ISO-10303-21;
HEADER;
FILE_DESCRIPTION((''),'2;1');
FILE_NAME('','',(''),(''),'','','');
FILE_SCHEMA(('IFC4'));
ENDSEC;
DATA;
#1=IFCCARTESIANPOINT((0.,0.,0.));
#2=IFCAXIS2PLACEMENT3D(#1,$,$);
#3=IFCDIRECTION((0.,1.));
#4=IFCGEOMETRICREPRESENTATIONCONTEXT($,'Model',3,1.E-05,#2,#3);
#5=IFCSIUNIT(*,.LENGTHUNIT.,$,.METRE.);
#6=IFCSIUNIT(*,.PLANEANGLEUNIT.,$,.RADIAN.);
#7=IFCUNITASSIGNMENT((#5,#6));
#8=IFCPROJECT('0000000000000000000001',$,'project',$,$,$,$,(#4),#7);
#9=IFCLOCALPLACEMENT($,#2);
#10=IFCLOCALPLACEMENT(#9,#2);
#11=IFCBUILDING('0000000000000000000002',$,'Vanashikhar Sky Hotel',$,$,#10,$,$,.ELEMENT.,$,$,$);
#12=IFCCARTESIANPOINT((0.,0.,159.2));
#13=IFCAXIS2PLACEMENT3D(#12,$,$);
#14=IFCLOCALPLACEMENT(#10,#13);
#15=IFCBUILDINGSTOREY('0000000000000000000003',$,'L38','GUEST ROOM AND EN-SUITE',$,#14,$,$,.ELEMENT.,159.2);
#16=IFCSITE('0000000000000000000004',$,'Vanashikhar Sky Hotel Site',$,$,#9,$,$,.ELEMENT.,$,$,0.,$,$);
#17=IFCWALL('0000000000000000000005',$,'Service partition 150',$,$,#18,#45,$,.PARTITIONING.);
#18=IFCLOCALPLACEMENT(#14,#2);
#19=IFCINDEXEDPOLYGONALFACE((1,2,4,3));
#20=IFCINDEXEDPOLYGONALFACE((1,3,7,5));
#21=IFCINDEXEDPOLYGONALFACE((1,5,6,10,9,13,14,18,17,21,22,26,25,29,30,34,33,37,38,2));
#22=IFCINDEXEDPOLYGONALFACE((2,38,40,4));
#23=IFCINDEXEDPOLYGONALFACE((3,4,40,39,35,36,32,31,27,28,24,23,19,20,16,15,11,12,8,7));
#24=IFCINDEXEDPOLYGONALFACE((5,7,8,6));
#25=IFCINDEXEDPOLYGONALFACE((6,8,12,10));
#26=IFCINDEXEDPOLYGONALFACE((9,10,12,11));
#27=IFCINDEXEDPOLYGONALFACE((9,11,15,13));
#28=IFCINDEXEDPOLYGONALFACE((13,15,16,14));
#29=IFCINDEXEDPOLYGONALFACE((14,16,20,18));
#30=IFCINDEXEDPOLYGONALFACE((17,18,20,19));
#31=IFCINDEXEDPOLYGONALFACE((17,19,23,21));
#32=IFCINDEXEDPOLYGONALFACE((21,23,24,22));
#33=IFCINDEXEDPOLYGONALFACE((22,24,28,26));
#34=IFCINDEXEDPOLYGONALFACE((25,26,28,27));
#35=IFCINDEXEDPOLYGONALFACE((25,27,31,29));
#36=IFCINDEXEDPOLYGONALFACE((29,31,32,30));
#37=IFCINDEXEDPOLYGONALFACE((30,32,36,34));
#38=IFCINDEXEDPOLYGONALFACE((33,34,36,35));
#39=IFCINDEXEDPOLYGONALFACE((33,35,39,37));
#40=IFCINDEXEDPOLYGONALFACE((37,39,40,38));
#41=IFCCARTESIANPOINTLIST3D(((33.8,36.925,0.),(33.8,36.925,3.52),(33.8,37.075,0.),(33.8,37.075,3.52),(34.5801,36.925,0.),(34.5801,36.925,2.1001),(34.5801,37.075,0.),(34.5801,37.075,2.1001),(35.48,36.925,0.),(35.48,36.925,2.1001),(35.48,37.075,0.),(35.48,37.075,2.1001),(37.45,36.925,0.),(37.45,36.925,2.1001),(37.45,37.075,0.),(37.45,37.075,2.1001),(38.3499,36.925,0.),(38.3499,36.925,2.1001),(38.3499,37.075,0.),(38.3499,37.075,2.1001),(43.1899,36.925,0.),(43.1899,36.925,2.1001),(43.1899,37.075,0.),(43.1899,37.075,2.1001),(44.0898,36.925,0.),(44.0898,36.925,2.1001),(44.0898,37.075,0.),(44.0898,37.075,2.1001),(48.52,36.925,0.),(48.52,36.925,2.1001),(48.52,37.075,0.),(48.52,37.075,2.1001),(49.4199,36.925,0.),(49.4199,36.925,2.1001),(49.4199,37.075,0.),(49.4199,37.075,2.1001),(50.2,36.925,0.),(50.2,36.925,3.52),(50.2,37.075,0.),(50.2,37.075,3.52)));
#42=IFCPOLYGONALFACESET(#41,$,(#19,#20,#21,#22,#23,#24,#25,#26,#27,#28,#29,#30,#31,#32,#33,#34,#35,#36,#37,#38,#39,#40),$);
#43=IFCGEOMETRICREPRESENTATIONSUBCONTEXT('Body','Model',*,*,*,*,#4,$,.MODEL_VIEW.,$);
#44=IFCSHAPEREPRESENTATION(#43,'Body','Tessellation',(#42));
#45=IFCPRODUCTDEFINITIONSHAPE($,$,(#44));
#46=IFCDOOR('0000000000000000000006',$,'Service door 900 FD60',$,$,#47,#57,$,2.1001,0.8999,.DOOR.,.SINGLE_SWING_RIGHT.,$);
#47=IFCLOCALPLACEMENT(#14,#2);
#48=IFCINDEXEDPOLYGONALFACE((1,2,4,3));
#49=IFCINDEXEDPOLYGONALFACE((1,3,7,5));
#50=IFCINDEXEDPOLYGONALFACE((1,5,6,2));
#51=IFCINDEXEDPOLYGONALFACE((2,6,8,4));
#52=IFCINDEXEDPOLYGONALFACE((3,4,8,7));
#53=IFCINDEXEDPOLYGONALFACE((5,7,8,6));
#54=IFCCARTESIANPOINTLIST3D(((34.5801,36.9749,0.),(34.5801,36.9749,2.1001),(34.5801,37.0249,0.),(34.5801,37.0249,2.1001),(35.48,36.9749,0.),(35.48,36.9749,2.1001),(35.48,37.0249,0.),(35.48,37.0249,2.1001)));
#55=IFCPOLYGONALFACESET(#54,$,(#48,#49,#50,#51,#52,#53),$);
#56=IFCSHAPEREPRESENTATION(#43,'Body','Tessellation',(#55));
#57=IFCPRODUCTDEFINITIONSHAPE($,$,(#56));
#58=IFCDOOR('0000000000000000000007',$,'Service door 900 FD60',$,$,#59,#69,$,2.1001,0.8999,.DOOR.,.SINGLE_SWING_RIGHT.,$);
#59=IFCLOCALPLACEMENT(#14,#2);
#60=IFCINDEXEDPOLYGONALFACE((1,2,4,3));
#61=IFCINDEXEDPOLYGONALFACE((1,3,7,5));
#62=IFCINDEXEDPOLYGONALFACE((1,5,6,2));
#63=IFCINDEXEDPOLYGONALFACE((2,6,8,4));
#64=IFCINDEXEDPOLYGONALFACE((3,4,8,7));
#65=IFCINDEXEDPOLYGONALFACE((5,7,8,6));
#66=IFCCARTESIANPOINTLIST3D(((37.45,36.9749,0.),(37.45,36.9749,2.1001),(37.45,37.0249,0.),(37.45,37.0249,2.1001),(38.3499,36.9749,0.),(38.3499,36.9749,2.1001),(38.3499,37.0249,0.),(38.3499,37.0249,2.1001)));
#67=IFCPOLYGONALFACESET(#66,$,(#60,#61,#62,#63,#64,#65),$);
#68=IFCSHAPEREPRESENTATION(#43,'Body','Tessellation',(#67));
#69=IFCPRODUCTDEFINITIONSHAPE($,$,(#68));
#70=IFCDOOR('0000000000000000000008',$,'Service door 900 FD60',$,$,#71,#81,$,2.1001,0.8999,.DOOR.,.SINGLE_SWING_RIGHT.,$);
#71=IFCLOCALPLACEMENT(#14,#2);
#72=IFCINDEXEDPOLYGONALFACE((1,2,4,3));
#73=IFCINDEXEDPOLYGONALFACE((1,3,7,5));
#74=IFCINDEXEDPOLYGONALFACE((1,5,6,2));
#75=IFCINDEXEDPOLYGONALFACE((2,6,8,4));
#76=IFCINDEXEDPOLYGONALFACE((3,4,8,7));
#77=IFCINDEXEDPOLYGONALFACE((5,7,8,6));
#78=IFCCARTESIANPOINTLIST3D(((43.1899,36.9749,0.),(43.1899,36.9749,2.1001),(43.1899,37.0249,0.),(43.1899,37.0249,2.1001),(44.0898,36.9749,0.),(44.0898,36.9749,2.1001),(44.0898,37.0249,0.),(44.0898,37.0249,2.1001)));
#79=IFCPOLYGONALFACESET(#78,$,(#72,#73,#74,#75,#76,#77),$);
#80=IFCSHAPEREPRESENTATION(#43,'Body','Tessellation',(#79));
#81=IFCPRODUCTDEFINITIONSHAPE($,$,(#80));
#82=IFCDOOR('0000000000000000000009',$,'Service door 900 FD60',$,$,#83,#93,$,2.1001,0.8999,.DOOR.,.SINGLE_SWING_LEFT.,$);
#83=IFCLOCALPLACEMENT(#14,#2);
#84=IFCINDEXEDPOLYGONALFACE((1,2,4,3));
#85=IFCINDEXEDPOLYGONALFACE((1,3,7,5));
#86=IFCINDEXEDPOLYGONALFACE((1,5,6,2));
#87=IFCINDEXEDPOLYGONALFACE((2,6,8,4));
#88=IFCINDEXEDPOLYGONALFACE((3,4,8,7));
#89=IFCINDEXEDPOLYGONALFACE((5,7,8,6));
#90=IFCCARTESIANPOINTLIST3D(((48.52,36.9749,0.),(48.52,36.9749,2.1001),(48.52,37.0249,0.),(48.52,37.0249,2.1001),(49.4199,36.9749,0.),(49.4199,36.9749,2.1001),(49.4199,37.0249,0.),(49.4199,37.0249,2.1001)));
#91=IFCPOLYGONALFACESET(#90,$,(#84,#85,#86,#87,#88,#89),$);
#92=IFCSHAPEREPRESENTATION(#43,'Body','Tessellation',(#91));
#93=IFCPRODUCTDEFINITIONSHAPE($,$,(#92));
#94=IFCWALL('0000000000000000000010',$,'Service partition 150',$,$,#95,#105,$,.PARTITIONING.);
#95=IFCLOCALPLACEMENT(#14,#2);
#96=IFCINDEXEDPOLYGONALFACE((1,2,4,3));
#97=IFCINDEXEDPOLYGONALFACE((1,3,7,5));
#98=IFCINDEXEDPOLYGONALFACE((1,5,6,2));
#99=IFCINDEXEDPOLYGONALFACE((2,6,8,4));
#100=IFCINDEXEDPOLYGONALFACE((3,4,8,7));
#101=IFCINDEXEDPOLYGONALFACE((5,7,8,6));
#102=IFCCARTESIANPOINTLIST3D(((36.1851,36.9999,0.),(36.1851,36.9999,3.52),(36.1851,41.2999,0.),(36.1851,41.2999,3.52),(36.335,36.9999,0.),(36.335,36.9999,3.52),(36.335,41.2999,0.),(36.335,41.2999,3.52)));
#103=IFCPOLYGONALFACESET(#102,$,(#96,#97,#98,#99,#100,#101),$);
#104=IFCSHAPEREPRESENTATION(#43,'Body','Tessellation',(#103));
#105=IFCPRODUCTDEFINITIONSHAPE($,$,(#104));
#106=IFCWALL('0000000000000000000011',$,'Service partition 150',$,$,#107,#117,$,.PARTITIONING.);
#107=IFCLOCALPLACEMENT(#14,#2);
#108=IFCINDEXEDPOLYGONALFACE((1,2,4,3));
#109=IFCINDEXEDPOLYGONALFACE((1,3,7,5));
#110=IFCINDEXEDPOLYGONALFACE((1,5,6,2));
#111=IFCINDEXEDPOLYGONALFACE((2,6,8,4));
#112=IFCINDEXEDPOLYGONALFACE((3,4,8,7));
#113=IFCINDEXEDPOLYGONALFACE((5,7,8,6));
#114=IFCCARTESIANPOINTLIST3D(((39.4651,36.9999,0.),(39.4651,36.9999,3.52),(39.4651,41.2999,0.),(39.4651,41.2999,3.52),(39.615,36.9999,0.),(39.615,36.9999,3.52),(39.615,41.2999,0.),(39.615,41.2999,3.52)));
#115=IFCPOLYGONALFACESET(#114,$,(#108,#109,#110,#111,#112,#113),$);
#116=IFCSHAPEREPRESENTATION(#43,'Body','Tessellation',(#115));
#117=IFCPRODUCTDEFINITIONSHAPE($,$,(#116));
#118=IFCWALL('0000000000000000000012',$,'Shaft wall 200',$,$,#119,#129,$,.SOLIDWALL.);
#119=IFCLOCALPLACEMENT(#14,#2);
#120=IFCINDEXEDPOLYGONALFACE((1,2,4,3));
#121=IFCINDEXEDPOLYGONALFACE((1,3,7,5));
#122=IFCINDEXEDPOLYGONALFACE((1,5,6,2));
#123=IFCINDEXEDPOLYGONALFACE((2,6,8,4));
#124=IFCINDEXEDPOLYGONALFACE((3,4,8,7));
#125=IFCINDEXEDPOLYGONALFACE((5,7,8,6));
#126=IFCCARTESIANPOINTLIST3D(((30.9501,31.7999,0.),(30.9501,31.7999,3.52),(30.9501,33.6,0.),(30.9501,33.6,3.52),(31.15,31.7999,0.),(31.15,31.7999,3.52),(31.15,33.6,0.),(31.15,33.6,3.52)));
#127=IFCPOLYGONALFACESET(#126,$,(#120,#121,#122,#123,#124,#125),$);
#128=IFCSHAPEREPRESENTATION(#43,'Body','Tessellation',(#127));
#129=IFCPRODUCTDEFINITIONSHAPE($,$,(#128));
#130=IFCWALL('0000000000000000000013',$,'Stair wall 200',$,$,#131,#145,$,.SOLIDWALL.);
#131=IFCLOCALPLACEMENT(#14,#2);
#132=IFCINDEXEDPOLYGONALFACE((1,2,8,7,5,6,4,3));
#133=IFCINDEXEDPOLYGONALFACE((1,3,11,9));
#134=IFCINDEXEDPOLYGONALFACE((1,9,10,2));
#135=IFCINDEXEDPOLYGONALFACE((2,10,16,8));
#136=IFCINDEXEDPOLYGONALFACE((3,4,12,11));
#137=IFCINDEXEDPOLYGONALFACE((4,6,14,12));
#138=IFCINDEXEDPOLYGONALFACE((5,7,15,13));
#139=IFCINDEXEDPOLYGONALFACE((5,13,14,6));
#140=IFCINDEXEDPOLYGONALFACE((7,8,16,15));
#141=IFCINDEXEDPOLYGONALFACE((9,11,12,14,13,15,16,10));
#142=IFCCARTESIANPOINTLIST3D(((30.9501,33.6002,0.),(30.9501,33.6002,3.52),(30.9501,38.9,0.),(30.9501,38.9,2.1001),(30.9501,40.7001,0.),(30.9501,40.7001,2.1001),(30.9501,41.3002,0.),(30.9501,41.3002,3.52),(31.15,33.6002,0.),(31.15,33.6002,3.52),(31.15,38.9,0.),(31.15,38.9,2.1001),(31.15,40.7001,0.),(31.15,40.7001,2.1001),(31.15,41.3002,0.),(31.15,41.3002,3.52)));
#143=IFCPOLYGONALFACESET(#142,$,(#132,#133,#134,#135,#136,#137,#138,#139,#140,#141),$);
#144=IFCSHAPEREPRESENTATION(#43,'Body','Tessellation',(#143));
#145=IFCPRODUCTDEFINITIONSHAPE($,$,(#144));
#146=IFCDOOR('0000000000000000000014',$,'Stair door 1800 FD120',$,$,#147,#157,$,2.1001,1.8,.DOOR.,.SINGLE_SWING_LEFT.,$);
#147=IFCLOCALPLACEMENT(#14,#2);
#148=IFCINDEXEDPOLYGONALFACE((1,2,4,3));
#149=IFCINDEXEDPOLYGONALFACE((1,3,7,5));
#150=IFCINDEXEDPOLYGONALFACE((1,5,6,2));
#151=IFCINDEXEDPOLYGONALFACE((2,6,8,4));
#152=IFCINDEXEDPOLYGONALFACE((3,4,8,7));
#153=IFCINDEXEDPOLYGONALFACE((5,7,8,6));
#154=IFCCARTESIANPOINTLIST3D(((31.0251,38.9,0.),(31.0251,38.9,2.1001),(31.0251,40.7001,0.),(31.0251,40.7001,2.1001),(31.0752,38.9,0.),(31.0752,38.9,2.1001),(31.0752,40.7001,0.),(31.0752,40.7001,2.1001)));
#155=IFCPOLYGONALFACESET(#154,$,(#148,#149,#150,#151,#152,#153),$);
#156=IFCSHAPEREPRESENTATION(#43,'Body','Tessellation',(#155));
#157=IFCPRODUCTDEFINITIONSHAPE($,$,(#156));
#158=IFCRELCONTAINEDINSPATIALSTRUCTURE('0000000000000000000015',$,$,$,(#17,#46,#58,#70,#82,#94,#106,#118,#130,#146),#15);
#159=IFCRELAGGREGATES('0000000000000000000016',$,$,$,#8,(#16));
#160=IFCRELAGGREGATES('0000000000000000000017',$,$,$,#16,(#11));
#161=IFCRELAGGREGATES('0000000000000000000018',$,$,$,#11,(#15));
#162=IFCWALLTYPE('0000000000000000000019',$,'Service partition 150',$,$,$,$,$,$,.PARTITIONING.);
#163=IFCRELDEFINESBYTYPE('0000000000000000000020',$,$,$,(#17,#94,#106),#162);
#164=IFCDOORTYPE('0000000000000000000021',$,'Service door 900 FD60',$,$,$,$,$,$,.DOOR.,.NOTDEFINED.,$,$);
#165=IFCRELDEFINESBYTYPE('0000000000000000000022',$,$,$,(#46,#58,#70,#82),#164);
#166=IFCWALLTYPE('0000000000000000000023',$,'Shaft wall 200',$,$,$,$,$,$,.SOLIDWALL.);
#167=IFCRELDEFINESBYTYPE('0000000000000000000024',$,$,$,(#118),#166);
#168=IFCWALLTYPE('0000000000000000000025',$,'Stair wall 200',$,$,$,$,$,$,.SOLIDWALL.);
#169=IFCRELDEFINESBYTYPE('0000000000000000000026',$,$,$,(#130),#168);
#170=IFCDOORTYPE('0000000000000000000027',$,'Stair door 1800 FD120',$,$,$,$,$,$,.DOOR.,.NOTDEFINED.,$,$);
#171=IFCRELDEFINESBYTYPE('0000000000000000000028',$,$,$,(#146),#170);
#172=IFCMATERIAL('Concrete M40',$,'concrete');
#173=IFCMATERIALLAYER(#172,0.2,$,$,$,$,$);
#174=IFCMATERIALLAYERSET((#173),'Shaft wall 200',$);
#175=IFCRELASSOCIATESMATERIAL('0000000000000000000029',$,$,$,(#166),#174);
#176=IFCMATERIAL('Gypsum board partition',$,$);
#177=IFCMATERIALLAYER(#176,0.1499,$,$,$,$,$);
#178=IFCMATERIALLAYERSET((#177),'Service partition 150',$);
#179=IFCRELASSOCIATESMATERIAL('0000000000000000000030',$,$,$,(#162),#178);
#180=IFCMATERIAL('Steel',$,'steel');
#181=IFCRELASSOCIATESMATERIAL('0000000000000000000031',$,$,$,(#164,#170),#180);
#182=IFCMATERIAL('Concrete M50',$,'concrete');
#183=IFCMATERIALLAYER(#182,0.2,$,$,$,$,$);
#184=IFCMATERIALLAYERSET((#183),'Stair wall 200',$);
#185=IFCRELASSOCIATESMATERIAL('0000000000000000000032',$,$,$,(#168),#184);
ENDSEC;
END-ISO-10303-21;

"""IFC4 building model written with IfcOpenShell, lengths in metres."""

from ifc_helpers import new_model, si_unit, direction, frame, frame_2d, origin, place, context, subcontext, project, spatial, rectangle, extrude, source, transform, mapped, material, layer, layer_set, type_object, element, fill, save


model = new_model("IFC4")

# Units and contexts
model_context = context("Model", 3, precision=1e-05, world=origin(), true_north=direction((0.0, 1.0)))
body_context = subcontext(model_context, "Body", "Model", "MODEL_VIEW")
ifc_project = project(units=[si_unit("LENGTHUNIT", "METRE"), si_unit("PLANEANGLEUNIT", "RADIAN")], contexts=[model_context])

# Site, building, storey
site_placement = place(None, origin())
site = spatial("IfcSite", under=ifc_project, at=site_placement, Name="Vanashikhar Sky Hotel Site", CompositionType="ELEMENT", RefElevation=0.0)
building_placement = place(site_placement, origin())
building = spatial("IfcBuilding", under=site, at=building_placement, Name="Vanashikhar Sky Hotel", CompositionType="ELEMENT")
storey_placement = place(building_placement, frame((0.0, 0.0, 159.2)))
storey = spatial("IfcBuildingStorey", under=building, at=storey_placement, Name="L38", Description="GUEST ROOM AND EN-SUITE", CompositionType="ELEMENT", Elevation=159.2)

# Shared definitions
ifc_material_1 = material(Name="Steel", Category="steel")

# Shared definitions
ifc_material_2 = material(Name="Concrete M50", Category="concrete")

# Shared definitions
ifc_material_3 = material(Name="Concrete M40", Category="concrete")
ifc_layer_1 = layer(ifc_material_3, 0.2)
ifc_layer_set_1 = layer_set([ifc_layer_1], Name="Shaft wall 200")
wall_type_1 = type_object("IfcWallType", Name="Shaft wall 200", PredefinedType="SOLIDWALL", material=ifc_layer_set_1)

# Shared definitions
ifc_material_4 = material(Name="Gypsum board partition")
ifc_layer_2 = layer(ifc_material_4, 0.1499)
ifc_layer_set_2 = layer_set([ifc_layer_2], Name="Service partition 150")
wall_type_2 = type_object("IfcWallType", Name="Service partition 150", PredefinedType="PARTITIONING", material=ifc_layer_set_2)
shared_shape_1 = source(origin(), body_context, "Body", "SweptSolid", [
    extrude(rectangle(XDim=0.8999, YDim=2.1001, at=frame_2d((0.45, 1.05))), frame((0.0, 0.085, 0.0), z_axis=(0.0, -1.0, 0.0), x_axis=(1.0, 0.0, 0.0)), (0.0, 0.0, 1.0), 0.1699),
])
door_type_1 = type_object("IfcDoorType", Name="Service door 900 FD60", OperationType="NOTDEFINED", PredefinedType="DOOR", material=ifc_material_1)
shared_shape_2 = source(origin(), body_context, "Body", "SweptSolid", [
    extrude(rectangle(XDim=0.8999, YDim=2.1001, at=frame_2d((0.45, 1.05))), frame((0.0, 0.0249, 0.0), z_axis=(0.0, -1.0, 0.0), x_axis=(1.0, 0.0, 0.0)), (0.0, 0.0, 1.0), 0.05),
])

# Wall, openings, doors
shared_shape_3 = source(origin(), body_context, "Body", "SweptSolid", [
    extrude(rectangle(XDim=16.3999, YDim=0.1499, at=frame_2d((8.2, 0.0))), origin(), (0.0, 0.0, 1.0), 3.52),
])
wall_1_placement = place(storey_placement, frame((33.8, 37.0, 0.0), z_axis=(0.0, 0.0, 1.0), x_axis=(1.0, 0.0, 0.0)))
wall_1 = element("IfcWall", 1, at=wall_1_placement, inside=storey, type_object=wall_type_2, Name="Service partition 150", PredefinedType="PARTITIONING", context=body_context, shape_type="MappedRepresentation", body=[
    mapped(shared_shape_3, transform((0.0, 0.0, 0.0), scale=1.0)),
])
opening_1_placement = place(wall_1_placement, frame((0.78, 0.0, 0.0)))
opening_1 = element("IfcOpeningElement", 2, at=opening_1_placement, cuts=wall_1, PredefinedType="OPENING", context=body_context, shape_type="MappedRepresentation", body=[
    mapped(shared_shape_1, transform((0.0, 0.0, 0.0), scale=1.0)),
])
opening_2_placement = place(wall_1_placement, frame((3.6499, 0.0, 0.0)))
opening_2 = element("IfcOpeningElement", 3, at=opening_2_placement, cuts=wall_1, PredefinedType="OPENING", context=body_context, shape_type="MappedRepresentation", body=[
    mapped(shared_shape_1, transform((0.0, 0.0, 0.0), scale=1.0)),
])
opening_3_placement = place(wall_1_placement, frame((9.3899, 0.0, 0.0)))
opening_3 = element("IfcOpeningElement", 4, at=opening_3_placement, cuts=wall_1, PredefinedType="OPENING", context=body_context, shape_type="MappedRepresentation", body=[
    mapped(shared_shape_1, transform((0.0, 0.0, 0.0), scale=1.0)),
])
opening_4_placement = place(wall_1_placement, frame((14.72, 0.0, 0.0)))
opening_4 = element("IfcOpeningElement", 5, at=opening_4_placement, cuts=wall_1, PredefinedType="OPENING", context=body_context, shape_type="MappedRepresentation", body=[
    mapped(shared_shape_1, transform((0.0, 0.0, 0.0), scale=1.0)),
])
door_1_placement = place(opening_1_placement, origin())
door_1 = element("IfcDoor", 6, at=door_1_placement, inside=storey, type_object=door_type_1, Name="Service door 900 FD60", OperationType="SINGLE_SWING_RIGHT", OverallHeight=2.1001, OverallWidth=0.8999, PredefinedType="DOOR", context=body_context, shape_type="MappedRepresentation", body=[
    mapped(shared_shape_2, transform((0.0, 0.0, 0.0), scale=1.0)),
])
fill(opening_1, door_1)
door_2_placement = place(opening_2_placement, origin())
door_2 = element("IfcDoor", 7, at=door_2_placement, inside=storey, type_object=door_type_1, Name="Service door 900 FD60", OperationType="SINGLE_SWING_RIGHT", OverallHeight=2.1001, OverallWidth=0.8999, PredefinedType="DOOR", context=body_context, shape_type="MappedRepresentation", body=[
    mapped(shared_shape_2, transform((0.0, 0.0, 0.0), scale=1.0)),
])
fill(opening_2, door_2)
door_3_placement = place(opening_3_placement, origin())
door_3 = element("IfcDoor", 8, at=door_3_placement, inside=storey, type_object=door_type_1, Name="Service door 900 FD60", OperationType="SINGLE_SWING_RIGHT", OverallHeight=2.1001, OverallWidth=0.8999, PredefinedType="DOOR", context=body_context, shape_type="MappedRepresentation", body=[
    mapped(shared_shape_2, transform((0.0, 0.0, 0.0), scale=1.0)),
])
fill(opening_3, door_3)
door_4_placement = place(opening_4_placement, origin())
door_4 = element("IfcDoor", 9, at=door_4_placement, inside=storey, type_object=door_type_1, Name="Service door 900 FD60", OperationType="SINGLE_SWING_LEFT", OverallHeight=2.1001, OverallWidth=0.8999, PredefinedType="DOOR", context=body_context, shape_type="MappedRepresentation", body=[
    mapped(shared_shape_2, transform((0.0, 0.0, 0.0), scale=1.0)),
])
fill(opening_4, door_4)

# Walls
shared_shape_4 = source(origin(), body_context, "Body", "SweptSolid", [
    extrude(rectangle(XDim=4.3, YDim=0.1499, at=frame_2d((2.1499, 0.0))), origin(), (0.0, 0.0, 1.0), 3.52),
])
for number, where, z_axis, x_axis, name in (
    (10, (36.26, 37.0, 0.0), (0.0, 0.0, 1.0), (0.0, 1.0, 0.0), "Service partition 150"),
    (11, (39.54, 37.0, 0.0), (0.0, 0.0, 1.0), (0.0, 1.0, 0.0), "Service partition 150"),
):
    element("IfcWall", number, at=place(storey_placement, frame(where, z_axis=z_axis, x_axis=x_axis)), inside=storey, type_object=wall_type_2, Name=name, PredefinedType="PARTITIONING", context=body_context, shape_type="MappedRepresentation", body=[
        mapped(shared_shape_4, transform((0.0, 0.0, 0.0), scale=1.0)),
    ])
shared_shape_5 = source(origin(), body_context, "Body", "SweptSolid", [
    extrude(rectangle(XDim=1.8, YDim=0.2, at=frame_2d((0.8999, 0.0))), origin(), (0.0, 0.0, 1.0), 3.52),
])
wall_2_placement = place(storey_placement, frame((31.05, 31.8, 0.0), z_axis=(0.0, 0.0, 1.0), x_axis=(0.0, 1.0, 0.0)))
element("IfcWall", 12, at=wall_2_placement, inside=storey, type_object=wall_type_1, Name="Shaft wall 200", PredefinedType="SOLIDWALL", context=body_context, shape_type="MappedRepresentation", body=[
    mapped(shared_shape_5, transform((0.0, 0.0, 0.0), scale=1.0)),
])

# Wall, opening, door
ifc_layer_3 = layer(ifc_material_2, 0.2)
ifc_layer_set_3 = layer_set([ifc_layer_3], Name="Stair wall 200")
wall_type_3 = type_object("IfcWallType", Name="Stair wall 200", PredefinedType="SOLIDWALL", material=ifc_layer_set_3)
shared_shape_6 = source(origin(), body_context, "Body", "SweptSolid", [
    extrude(rectangle(XDim=7.7, YDim=0.2, at=frame_2d((3.8501, 0.0))), origin(), (0.0, 0.0, 1.0), 3.52),
])
wall_3_placement = place(storey_placement, frame((31.05, 33.6001, 0.0), z_axis=(0.0, 0.0, 1.0), x_axis=(0.0, 1.0, 0.0)))
wall_3 = element("IfcWall", 13, at=wall_3_placement, inside=storey, type_object=wall_type_3, Name="Stair wall 200", PredefinedType="SOLIDWALL", context=body_context, shape_type="MappedRepresentation", body=[
    mapped(shared_shape_6, transform((0.0, 0.0, 0.0), scale=1.0)),
])
shared_shape_7 = source(origin(), body_context, "Body", "SweptSolid", [
    extrude(rectangle(XDim=1.8, YDim=2.1001, at=frame_2d((0.8999, 1.05))), frame((0.0, 0.1099, 0.0), z_axis=(0.0, -1.0, 0.0), x_axis=(1.0, 0.0, 0.0)), (0.0, 0.0, 1.0), 0.22),
])
opening_5_placement = place(wall_3_placement, frame((5.3, 0.0, 0.0)))
opening_5 = element("IfcOpeningElement", 14, at=opening_5_placement, cuts=wall_3, PredefinedType="OPENING", context=body_context, shape_type="MappedRepresentation", body=[
    mapped(shared_shape_7, transform((0.0, 0.0, 0.0), scale=1.0)),
])
door_type_2 = type_object("IfcDoorType", Name="Stair door 1800 FD120", OperationType="NOTDEFINED", PredefinedType="DOOR", material=ifc_material_1)
shared_shape_8 = source(origin(), body_context, "Body", "SweptSolid", [
    extrude(rectangle(XDim=1.8, YDim=2.1001, at=frame_2d((0.8999, 1.05))), frame((0.0, 0.0249, 0.0), z_axis=(0.0, -1.0, 0.0), x_axis=(1.0, 0.0, 0.0)), (0.0, 0.0, 1.0), 0.05),
])
door_5_placement = place(opening_5_placement, origin())
door_5 = element("IfcDoor", 15, at=door_5_placement, inside=storey, type_object=door_type_2, Name="Stair door 1800 FD120", OperationType="SINGLE_SWING_LEFT", OverallHeight=2.1001, OverallWidth=1.8, PredefinedType="DOOR", context=body_context, shape_type="MappedRepresentation", body=[
    mapped(shared_shape_8, transform((0.0, 0.0, 0.0), scale=1.0)),
])
fill(opening_5, door_5)

save(model, "model.ifc")
